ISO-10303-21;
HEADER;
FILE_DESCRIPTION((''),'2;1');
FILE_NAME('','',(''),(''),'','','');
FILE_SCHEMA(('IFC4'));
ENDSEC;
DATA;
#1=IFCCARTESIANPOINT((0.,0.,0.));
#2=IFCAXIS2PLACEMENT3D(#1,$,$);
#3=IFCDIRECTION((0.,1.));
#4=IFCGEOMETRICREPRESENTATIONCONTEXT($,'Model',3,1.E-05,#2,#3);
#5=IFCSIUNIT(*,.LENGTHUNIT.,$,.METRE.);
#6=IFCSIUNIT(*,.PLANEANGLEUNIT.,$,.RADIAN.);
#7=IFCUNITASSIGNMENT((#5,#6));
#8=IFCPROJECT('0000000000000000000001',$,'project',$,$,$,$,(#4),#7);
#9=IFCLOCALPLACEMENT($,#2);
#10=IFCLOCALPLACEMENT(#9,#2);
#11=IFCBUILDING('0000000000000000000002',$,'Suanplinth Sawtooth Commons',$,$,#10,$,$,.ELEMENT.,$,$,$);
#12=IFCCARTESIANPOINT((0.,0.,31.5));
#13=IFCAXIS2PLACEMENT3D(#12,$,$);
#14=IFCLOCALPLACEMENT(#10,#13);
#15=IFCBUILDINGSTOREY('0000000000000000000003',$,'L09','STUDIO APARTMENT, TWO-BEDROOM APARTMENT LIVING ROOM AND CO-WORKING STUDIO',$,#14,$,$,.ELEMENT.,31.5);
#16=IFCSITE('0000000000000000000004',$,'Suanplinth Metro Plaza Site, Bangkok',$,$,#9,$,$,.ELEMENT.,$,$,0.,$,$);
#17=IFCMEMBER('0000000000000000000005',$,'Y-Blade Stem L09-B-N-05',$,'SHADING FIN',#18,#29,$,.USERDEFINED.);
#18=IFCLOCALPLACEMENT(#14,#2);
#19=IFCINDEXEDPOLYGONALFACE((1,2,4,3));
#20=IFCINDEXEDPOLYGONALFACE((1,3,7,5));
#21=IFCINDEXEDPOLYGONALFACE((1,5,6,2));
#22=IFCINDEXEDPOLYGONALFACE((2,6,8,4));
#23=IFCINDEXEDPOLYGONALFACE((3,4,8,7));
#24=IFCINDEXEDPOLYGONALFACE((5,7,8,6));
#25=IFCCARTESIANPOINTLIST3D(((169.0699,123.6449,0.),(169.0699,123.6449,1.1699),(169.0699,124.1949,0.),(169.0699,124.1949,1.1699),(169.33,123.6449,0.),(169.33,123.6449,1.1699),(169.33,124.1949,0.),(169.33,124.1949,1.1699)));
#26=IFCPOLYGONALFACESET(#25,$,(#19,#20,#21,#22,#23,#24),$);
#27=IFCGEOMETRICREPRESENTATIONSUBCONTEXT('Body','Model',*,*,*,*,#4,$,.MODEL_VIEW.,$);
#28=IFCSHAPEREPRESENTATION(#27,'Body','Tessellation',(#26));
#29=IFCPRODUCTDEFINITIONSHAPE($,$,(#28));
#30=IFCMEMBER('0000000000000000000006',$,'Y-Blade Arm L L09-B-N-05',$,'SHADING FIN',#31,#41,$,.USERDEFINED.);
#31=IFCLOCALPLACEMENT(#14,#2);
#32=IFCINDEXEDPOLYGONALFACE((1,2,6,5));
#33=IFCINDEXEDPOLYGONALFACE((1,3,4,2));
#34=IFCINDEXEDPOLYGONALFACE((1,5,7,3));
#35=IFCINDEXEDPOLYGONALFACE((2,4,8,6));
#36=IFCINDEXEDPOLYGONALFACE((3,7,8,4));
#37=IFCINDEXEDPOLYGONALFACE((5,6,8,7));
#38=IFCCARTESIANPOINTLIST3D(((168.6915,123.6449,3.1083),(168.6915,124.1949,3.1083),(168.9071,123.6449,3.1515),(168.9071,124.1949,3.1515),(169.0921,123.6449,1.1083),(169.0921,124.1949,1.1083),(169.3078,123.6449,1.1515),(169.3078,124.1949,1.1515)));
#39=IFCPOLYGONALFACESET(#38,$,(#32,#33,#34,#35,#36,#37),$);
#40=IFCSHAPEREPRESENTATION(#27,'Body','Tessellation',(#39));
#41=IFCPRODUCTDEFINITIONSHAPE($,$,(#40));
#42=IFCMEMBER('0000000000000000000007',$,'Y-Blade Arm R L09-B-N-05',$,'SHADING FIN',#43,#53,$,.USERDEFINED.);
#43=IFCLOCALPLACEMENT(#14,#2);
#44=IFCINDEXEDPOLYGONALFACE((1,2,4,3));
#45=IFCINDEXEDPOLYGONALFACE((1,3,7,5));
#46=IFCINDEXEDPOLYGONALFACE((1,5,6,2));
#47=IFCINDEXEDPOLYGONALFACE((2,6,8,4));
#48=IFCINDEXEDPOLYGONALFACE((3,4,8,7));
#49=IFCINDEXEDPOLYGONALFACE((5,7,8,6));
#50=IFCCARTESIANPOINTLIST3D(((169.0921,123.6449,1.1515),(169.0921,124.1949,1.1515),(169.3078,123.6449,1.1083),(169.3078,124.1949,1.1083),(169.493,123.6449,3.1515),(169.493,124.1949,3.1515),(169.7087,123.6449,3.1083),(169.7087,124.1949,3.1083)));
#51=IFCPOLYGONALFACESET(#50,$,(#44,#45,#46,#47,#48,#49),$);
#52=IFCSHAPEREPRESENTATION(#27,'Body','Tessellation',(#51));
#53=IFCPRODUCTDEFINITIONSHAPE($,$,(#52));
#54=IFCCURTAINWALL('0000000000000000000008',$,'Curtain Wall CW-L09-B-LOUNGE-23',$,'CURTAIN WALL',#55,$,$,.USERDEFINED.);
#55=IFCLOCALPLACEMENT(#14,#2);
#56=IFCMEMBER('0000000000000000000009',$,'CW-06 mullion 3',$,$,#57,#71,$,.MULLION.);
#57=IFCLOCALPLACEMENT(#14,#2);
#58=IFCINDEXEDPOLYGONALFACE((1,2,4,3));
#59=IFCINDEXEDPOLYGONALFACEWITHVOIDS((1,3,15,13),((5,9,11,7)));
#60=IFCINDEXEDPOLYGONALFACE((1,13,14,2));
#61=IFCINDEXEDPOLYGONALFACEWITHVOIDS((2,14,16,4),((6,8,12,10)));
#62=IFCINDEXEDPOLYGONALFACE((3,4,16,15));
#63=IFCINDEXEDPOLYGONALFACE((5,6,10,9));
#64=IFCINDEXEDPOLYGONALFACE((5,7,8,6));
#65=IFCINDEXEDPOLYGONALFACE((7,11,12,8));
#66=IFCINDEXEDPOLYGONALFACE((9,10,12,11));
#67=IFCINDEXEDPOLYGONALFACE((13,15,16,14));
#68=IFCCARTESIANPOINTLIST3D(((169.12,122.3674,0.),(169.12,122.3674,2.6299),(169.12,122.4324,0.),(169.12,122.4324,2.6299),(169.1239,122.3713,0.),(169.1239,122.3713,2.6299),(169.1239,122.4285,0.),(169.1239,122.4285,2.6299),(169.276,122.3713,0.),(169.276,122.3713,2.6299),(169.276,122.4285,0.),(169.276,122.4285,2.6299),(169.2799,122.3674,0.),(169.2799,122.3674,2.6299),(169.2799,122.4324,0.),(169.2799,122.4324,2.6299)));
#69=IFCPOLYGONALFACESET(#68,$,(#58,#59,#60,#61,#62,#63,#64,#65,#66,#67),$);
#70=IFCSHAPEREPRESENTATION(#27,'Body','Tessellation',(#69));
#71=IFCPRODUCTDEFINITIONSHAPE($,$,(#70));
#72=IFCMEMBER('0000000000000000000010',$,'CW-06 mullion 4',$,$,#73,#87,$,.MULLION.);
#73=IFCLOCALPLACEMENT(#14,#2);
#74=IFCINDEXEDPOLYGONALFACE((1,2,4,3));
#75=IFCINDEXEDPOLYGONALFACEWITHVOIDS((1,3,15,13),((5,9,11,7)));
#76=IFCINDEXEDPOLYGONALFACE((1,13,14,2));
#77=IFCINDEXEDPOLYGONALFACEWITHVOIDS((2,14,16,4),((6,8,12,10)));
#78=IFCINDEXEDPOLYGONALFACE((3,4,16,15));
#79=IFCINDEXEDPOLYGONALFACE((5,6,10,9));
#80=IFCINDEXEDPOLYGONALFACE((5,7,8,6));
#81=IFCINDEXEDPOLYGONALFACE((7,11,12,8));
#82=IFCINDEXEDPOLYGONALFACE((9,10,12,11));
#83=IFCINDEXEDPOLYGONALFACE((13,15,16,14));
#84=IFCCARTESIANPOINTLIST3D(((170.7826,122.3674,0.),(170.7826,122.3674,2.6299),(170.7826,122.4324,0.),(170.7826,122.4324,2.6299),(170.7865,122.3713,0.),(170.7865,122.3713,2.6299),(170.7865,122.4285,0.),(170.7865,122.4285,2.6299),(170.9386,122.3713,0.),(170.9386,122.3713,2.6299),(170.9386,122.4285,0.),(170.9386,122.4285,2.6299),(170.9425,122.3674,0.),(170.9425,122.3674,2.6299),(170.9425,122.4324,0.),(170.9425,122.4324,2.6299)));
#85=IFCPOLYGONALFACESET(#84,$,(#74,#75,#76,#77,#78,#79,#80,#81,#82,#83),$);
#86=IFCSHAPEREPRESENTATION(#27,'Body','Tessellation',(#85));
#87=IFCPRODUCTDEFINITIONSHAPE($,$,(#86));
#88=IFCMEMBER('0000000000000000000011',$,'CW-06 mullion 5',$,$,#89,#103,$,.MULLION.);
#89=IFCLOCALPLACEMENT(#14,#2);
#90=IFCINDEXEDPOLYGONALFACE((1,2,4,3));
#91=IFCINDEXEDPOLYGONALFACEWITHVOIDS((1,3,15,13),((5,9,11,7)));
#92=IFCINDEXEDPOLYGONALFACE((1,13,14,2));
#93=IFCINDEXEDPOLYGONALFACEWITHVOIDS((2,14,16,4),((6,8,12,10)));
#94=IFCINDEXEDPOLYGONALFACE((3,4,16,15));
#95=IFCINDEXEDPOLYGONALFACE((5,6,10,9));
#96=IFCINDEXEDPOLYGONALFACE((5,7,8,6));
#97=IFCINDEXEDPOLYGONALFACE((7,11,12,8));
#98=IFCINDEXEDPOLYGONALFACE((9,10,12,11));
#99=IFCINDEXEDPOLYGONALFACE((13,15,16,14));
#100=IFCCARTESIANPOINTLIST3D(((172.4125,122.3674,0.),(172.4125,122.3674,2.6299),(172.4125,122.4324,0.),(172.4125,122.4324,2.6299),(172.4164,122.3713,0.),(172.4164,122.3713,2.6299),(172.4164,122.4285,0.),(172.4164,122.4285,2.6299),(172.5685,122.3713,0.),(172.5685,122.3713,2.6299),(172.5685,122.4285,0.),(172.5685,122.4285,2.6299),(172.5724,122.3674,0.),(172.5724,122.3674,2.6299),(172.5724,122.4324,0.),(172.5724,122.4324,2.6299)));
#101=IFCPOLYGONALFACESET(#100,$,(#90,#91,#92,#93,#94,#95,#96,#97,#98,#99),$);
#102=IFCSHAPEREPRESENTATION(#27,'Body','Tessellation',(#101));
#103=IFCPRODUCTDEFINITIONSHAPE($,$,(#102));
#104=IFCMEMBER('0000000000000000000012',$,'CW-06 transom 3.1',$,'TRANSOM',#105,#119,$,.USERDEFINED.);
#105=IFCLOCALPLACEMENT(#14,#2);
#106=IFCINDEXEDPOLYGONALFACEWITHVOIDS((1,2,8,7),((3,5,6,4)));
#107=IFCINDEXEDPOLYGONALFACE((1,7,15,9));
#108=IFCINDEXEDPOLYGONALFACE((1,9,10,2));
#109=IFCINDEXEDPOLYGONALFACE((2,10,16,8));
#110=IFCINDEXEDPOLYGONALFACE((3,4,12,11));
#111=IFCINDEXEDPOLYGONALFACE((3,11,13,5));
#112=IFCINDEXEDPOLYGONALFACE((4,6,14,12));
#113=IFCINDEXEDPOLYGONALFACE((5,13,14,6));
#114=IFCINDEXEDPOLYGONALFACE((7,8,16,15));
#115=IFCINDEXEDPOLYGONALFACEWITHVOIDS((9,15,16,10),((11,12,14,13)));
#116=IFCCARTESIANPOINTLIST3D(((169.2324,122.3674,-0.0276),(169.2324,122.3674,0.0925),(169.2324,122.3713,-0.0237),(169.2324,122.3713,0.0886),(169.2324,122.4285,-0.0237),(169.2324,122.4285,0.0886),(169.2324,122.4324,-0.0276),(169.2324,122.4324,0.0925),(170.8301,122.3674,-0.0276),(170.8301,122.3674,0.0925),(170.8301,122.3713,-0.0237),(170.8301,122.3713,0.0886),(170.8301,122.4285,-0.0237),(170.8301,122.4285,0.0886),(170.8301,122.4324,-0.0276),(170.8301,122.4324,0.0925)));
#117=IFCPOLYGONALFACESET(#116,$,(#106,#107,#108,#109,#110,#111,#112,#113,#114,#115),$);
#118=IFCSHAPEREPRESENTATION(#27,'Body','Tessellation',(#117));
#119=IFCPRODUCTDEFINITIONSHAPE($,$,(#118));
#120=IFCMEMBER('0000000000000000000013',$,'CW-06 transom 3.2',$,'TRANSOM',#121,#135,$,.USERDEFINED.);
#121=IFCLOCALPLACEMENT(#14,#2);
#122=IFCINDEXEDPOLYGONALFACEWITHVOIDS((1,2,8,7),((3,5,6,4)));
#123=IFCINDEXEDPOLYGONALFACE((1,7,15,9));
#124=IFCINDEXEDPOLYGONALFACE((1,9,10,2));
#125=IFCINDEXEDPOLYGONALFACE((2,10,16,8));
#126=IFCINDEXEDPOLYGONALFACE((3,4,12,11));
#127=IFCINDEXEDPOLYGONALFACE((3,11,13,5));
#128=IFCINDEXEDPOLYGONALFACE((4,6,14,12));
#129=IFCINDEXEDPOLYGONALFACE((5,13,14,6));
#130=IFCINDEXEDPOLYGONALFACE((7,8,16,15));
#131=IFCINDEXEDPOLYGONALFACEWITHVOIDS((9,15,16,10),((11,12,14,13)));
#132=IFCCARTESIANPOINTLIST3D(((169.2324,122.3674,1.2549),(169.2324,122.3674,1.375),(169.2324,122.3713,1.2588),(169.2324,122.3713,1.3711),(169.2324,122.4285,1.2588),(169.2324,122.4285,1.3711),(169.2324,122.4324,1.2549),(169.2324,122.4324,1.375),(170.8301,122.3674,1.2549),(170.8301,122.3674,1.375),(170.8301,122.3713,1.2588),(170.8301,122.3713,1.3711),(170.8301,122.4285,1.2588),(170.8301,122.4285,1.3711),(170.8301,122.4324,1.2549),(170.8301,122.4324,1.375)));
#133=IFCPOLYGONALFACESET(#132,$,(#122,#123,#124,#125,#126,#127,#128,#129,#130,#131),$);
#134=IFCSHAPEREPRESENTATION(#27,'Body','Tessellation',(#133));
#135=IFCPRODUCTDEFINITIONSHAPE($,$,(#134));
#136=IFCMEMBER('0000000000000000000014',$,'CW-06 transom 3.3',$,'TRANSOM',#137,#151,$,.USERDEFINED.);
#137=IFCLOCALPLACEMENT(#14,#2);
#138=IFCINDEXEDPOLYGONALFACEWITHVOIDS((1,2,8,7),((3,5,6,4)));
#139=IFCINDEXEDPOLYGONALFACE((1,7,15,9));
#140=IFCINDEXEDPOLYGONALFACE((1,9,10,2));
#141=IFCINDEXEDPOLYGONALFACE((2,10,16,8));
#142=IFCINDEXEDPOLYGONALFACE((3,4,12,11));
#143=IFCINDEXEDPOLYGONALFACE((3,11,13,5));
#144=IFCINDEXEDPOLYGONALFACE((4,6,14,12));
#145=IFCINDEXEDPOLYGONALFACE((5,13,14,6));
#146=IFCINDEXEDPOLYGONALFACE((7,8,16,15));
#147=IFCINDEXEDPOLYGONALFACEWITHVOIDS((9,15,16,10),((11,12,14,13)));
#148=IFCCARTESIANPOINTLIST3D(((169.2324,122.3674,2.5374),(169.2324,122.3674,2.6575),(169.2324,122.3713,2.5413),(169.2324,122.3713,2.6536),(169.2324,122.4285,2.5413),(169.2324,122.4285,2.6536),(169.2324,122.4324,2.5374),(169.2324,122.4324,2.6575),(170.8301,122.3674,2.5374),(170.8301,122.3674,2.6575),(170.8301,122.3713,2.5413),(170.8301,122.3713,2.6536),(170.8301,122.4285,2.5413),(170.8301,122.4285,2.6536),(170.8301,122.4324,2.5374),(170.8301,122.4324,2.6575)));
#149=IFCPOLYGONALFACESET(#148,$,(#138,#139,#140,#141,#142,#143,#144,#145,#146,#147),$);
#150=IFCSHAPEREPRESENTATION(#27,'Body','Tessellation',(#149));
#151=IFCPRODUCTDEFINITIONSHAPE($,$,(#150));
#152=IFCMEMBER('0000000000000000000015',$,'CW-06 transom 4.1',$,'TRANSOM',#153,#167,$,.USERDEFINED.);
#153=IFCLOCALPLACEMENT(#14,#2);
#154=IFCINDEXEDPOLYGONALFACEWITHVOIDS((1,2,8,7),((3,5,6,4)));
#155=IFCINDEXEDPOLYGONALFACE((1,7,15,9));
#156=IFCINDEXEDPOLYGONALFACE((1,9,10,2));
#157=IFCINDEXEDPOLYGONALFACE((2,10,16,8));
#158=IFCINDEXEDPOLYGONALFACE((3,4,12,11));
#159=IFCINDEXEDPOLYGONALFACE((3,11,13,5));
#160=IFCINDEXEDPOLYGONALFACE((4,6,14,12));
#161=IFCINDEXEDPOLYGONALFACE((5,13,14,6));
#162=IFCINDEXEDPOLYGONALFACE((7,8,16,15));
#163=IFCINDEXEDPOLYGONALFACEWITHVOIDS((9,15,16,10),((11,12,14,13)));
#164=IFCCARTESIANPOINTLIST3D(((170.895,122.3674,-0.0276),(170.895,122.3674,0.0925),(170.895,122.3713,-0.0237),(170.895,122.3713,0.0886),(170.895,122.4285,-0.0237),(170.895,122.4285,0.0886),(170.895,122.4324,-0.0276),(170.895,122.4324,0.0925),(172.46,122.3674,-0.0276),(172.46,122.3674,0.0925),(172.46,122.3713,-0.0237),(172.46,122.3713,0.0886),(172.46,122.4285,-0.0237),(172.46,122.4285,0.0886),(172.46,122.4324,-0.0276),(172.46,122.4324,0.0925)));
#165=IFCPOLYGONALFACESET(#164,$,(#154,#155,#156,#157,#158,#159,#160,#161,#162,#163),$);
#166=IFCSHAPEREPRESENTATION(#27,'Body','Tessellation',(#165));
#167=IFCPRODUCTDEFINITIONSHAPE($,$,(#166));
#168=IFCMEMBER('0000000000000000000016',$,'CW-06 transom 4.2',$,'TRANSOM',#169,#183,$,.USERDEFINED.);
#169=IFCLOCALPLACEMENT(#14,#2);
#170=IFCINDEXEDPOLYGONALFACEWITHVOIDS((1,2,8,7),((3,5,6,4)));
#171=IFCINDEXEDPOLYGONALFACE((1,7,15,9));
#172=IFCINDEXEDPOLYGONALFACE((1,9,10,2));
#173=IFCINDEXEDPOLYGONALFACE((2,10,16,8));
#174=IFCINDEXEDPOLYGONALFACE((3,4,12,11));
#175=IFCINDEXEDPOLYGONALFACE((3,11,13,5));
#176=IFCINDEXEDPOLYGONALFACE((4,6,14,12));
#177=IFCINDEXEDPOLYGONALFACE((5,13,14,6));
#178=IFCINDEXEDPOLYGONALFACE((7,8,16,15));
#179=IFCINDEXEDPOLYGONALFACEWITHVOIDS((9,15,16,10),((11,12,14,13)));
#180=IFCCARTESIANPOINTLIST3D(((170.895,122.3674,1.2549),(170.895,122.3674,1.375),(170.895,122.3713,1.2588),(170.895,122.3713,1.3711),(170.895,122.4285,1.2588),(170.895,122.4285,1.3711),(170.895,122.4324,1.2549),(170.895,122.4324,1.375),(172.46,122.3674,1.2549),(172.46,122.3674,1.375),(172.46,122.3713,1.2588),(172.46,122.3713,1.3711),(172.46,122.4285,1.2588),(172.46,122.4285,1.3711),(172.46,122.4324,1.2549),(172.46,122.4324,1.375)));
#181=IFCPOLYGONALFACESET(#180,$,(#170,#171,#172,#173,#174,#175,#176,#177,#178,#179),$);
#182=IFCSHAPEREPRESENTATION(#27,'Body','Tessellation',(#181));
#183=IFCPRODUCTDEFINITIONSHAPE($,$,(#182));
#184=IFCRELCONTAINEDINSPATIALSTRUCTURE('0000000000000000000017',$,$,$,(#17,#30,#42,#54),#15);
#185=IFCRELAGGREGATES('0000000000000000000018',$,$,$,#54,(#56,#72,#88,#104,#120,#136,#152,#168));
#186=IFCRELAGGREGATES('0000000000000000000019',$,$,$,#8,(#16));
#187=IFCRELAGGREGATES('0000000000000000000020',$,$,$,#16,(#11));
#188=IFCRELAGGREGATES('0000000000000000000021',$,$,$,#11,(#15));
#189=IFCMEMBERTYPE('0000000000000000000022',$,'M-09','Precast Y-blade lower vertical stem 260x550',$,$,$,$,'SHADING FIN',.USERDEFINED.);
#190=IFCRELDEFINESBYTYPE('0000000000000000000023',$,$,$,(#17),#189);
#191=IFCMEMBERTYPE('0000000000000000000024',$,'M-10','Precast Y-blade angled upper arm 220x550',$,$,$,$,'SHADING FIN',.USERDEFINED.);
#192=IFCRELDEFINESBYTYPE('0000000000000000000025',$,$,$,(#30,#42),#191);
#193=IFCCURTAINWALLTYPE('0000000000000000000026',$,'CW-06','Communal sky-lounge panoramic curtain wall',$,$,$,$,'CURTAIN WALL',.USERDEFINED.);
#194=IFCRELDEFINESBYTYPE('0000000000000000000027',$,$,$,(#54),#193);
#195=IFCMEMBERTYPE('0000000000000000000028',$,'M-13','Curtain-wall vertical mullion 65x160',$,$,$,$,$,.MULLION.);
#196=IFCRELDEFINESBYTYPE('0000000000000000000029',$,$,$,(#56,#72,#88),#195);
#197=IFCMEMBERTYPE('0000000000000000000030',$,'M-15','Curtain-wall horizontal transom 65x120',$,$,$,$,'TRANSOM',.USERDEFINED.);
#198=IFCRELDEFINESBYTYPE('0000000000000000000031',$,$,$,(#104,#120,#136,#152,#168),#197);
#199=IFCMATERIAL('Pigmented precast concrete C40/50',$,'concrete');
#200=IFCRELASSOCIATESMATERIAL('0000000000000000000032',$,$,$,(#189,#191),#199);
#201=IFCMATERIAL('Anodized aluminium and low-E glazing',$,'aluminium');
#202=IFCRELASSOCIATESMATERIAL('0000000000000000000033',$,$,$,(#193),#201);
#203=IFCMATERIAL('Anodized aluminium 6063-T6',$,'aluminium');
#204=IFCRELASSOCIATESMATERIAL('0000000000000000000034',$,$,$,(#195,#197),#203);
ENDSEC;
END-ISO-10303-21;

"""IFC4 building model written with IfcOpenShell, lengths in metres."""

from ifc_helpers import new_model, si_unit, direction, frame, origin, origin_2d, place, context, subcontext, project, spatial, rectangle, hollow_rectangle, extrude, material, material_profile, profile_set, type_object, element, aggregate, save


model = new_model("IFC4")

# Units and contexts
model_context = context("Model", 3, precision=1e-05, world=origin(), true_north=direction((0.0, 1.0)))
body_context = subcontext(model_context, "Body", "Model", "MODEL_VIEW")
ifc_project = project(units=[si_unit("LENGTHUNIT", "METRE"), si_unit("PLANEANGLEUNIT", "RADIAN")], contexts=[model_context])

# Site, building, storey
site_placement = place(None, origin())
site = spatial("IfcSite", under=ifc_project, at=site_placement, Name="Suanplinth Metro Plaza Site, Bangkok", CompositionType="ELEMENT", RefElevation=0.0)
building_placement = place(site_placement, origin())
building = spatial("IfcBuilding", under=site, at=building_placement, Name="Suanplinth Sawtooth Commons", CompositionType="ELEMENT")
storey_placement = place(building_placement, frame((0.0, 0.0, 31.5)))
storey = spatial("IfcBuildingStorey", under=building, at=storey_placement, Name="L09", Description="STUDIO APARTMENT, TWO-BEDROOM APARTMENT LIVING ROOM AND CO-WORKING STUDIO", CompositionType="ELEMENT", Elevation=31.5)

# Members
ifc_material_1 = material(Name="Pigmented precast concrete C40/50", Category="concrete")
ifc_material_profile_1 = material_profile(ifc_material_1, rectangle(XDim=0.26, YDim=0.55, at=origin_2d()), Name="PC-FIN 260x550")
ifc_profile_set_1 = profile_set([ifc_material_profile_1], Name="Pigmented precast concrete C40/50")
member_type_1 = type_object("IfcMemberType", Name="M-09", Description="Precast Y-blade lower vertical stem 260x550", ElementType="SHADING FIN", PredefinedType="USERDEFINED", material=ifc_profile_set_1)
member_1_placement = place(storey_placement, frame((169.2, 123.9199, 0.0), z_axis=(0.0, 0.0, 1.0), x_axis=(1.0, 0.0, 0.0)))
element("IfcMember", 1, at=member_1_placement, inside=storey, type_object=member_type_1, Name="Y-Blade Stem L09-B-N-05", ObjectType="SHADING FIN", PredefinedType="USERDEFINED", context=body_context, shape_type="SweptSolid", body=[
    extrude(rectangle(XDim=0.26, YDim=0.55, at=origin_2d()), origin(), (0.0, 0.0, 1.0), 1.1699),
])
ifc_material_profile_2 = material_profile(ifc_material_1, rectangle(XDim=0.22, YDim=0.55, at=origin_2d()), Name="PC-FIN 220x550")
ifc_profile_set_2 = profile_set([ifc_material_profile_2], Name="Pigmented precast concrete C40/50")
member_type_2 = type_object("IfcMemberType", Name="M-10", Description="Precast Y-blade angled upper arm 220x550", ElementType="SHADING FIN", PredefinedType="USERDEFINED", material=ifc_profile_set_2)
for number, where, z_axis, x_axis, name in (
    (2, (169.2, 123.9199, 1.1299), (-0.196415, 0.0, 0.980521), (0.980521, 0.0, 0.196415), "Y-Blade Arm L L09-B-N-05"),
    (3, (169.2, 123.9199, 1.1299), (0.19653, 0.0, 0.980498), (-0.980498, 0.0, 0.19653), "Y-Blade Arm R L09-B-N-05"),
):
    element("IfcMember", number, at=place(storey_placement, frame(where, z_axis=z_axis, x_axis=x_axis)), inside=storey, type_object=member_type_2, Name=name, ObjectType="SHADING FIN", PredefinedType="USERDEFINED", context=body_context, shape_type="SweptSolid", body=[
        extrude(rectangle(XDim=0.22, YDim=0.55, at=origin_2d()), origin(), (0.0, 0.0, 1.0), 2.0398),
    ])

# Curtain wall, members
ifc_material_2 = material(Name="Anodized aluminium and low-E glazing", Category="aluminium")
curtain_wall_type = type_object("IfcCurtainWallType", Name="CW-06", Description="Communal sky-lounge panoramic curtain wall", ElementType="CURTAIN WALL", PredefinedType="USERDEFINED", material=ifc_material_2)
curtain_wall_placement = place(storey_placement, origin())
curtain_wall = element("IfcCurtainWall", 4, at=curtain_wall_placement, inside=storey, type_object=curtain_wall_type, Name="Curtain Wall CW-L09-B-LOUNGE-23", ObjectType="CURTAIN WALL", PredefinedType="USERDEFINED")
ifc_material_3 = material(Name="Anodized aluminium 6063-T6", Category="aluminium")
ifc_material_profile_3 = material_profile(ifc_material_3, hollow_rectangle(XDim=0.0649, YDim=0.1599, WallThickness=0.0039, at=origin_2d()), Name="ALU-MUL 65x160")
ifc_profile_set_3 = profile_set([ifc_material_profile_3], Name="Anodized aluminium 6063-T6")
member_type_3 = type_object("IfcMemberType", Name="M-13", Description="Curtain-wall vertical mullion 65x160", PredefinedType="MULLION", material=ifc_profile_set_3)
member_2_placement = place(storey_placement, frame((169.2, 122.3999, 0.0), z_axis=(0.0, 0.0, 1.0), x_axis=(0.0, 1.0, 0.0)))
member_2 = element("IfcMember", 5, at=member_2_placement, type_object=member_type_3, Name="CW-06 mullion 3", PredefinedType="MULLION", context=body_context, shape_type="SweptSolid", body=[
    extrude(hollow_rectangle(XDim=0.0649, YDim=0.1599, WallThickness=0.0039, at=origin_2d()), origin(), (0.0, 0.0, 1.0), 2.6299),
])
member_3_placement = place(storey_placement, frame((170.8625, 122.3999, 0.0), z_axis=(0.0, 0.0, 1.0), x_axis=(0.0, 1.0, 0.0)))
member_3 = element("IfcMember", 6, at=member_3_placement, type_object=member_type_3, Name="CW-06 mullion 4", PredefinedType="MULLION", context=body_context, shape_type="SweptSolid", body=[
    extrude(hollow_rectangle(XDim=0.0649, YDim=0.1599, WallThickness=0.0039, at=origin_2d()), origin(), (0.0, 0.0, 1.0), 2.6299),
])
member_4_placement = place(storey_placement, frame((172.4924, 122.3999, 0.0), z_axis=(0.0, 0.0, 1.0), x_axis=(0.0, 1.0, 0.0)))
member_4 = element("IfcMember", 7, at=member_4_placement, type_object=member_type_3, Name="CW-06 mullion 5", PredefinedType="MULLION", context=body_context, shape_type="SweptSolid", body=[
    extrude(hollow_rectangle(XDim=0.0649, YDim=0.1599, WallThickness=0.0039, at=origin_2d()), origin(), (0.0, 0.0, 1.0), 2.6299),
])
ifc_material_profile_4 = material_profile(ifc_material_3, hollow_rectangle(XDim=0.0649, YDim=0.1201, WallThickness=0.0039, at=origin_2d()), Name="ALU-TRN 65x120")
ifc_profile_set_4 = profile_set([ifc_material_profile_4], Name="Anodized aluminium 6063-T6")
member_type_4 = type_object("IfcMemberType", Name="M-15", Description="Curtain-wall horizontal transom 65x120", ElementType="TRANSOM", PredefinedType="USERDEFINED", material=ifc_profile_set_4)
member_5_placement = place(storey_placement, frame((169.2324, 122.3999, 0.0325), z_axis=(1.0, 0.0, 0.0), x_axis=(0.0, 1.0, 0.0)))
member_5 = element("IfcMember", 8, at=member_5_placement, type_object=member_type_4, Name="CW-06 transom 3.1", ObjectType="TRANSOM", PredefinedType="USERDEFINED", context=body_context, shape_type="SweptSolid", body=[
    extrude(hollow_rectangle(XDim=0.0649, YDim=0.1201, WallThickness=0.0039, at=origin_2d()), origin(), (0.0, 0.0, 1.0), 1.5977),
])
member_6_placement = place(storey_placement, frame((169.2324, 122.3999, 1.3149), z_axis=(1.0, 0.0, 0.0), x_axis=(0.0, 1.0, 0.0)))
member_6 = element("IfcMember", 9, at=member_6_placement, type_object=member_type_4, Name="CW-06 transom 3.2", ObjectType="TRANSOM", PredefinedType="USERDEFINED", context=body_context, shape_type="SweptSolid", body=[
    extrude(hollow_rectangle(XDim=0.0649, YDim=0.1201, WallThickness=0.0039, at=origin_2d()), origin(), (0.0, 0.0, 1.0), 1.5977),
])
member_7_placement = place(storey_placement, frame((169.2324, 122.3999, 2.5974), z_axis=(1.0, 0.0, 0.0), x_axis=(0.0, 1.0, 0.0)))
member_7 = element("IfcMember", 10, at=member_7_placement, type_object=member_type_4, Name="CW-06 transom 3.3", ObjectType="TRANSOM", PredefinedType="USERDEFINED", context=body_context, shape_type="SweptSolid", body=[
    extrude(hollow_rectangle(XDim=0.0649, YDim=0.1201, WallThickness=0.0039, at=origin_2d()), origin(), (0.0, 0.0, 1.0), 1.5977),
])
member_8_placement = place(storey_placement, frame((170.895, 122.3999, 0.0325), z_axis=(1.0, 0.0, 0.0), x_axis=(0.0, 1.0, 0.0)))
member_8 = element("IfcMember", 11, at=member_8_placement, type_object=member_type_4, Name="CW-06 transom 4.1", ObjectType="TRANSOM", PredefinedType="USERDEFINED", context=body_context, shape_type="SweptSolid", body=[
    extrude(hollow_rectangle(XDim=0.0649, YDim=0.1201, WallThickness=0.0039, at=origin_2d()), origin(), (0.0, 0.0, 1.0), 1.5649),
])
member_9_placement = place(storey_placement, frame((170.895, 122.3999, 1.3149), z_axis=(1.0, 0.0, 0.0), x_axis=(0.0, 1.0, 0.0)))
member_9 = element("IfcMember", 12, at=member_9_placement, type_object=member_type_4, Name="CW-06 transom 4.2", ObjectType="TRANSOM", PredefinedType="USERDEFINED", context=body_context, shape_type="SweptSolid", body=[
    extrude(hollow_rectangle(XDim=0.0649, YDim=0.1201, WallThickness=0.0039, at=origin_2d()), origin(), (0.0, 0.0, 1.0), 1.5649),
])

aggregate(curtain_wall, [member_2, member_3, member_4, member_5, member_6, member_7, member_8, member_9])

save(model, "model.ifc")
